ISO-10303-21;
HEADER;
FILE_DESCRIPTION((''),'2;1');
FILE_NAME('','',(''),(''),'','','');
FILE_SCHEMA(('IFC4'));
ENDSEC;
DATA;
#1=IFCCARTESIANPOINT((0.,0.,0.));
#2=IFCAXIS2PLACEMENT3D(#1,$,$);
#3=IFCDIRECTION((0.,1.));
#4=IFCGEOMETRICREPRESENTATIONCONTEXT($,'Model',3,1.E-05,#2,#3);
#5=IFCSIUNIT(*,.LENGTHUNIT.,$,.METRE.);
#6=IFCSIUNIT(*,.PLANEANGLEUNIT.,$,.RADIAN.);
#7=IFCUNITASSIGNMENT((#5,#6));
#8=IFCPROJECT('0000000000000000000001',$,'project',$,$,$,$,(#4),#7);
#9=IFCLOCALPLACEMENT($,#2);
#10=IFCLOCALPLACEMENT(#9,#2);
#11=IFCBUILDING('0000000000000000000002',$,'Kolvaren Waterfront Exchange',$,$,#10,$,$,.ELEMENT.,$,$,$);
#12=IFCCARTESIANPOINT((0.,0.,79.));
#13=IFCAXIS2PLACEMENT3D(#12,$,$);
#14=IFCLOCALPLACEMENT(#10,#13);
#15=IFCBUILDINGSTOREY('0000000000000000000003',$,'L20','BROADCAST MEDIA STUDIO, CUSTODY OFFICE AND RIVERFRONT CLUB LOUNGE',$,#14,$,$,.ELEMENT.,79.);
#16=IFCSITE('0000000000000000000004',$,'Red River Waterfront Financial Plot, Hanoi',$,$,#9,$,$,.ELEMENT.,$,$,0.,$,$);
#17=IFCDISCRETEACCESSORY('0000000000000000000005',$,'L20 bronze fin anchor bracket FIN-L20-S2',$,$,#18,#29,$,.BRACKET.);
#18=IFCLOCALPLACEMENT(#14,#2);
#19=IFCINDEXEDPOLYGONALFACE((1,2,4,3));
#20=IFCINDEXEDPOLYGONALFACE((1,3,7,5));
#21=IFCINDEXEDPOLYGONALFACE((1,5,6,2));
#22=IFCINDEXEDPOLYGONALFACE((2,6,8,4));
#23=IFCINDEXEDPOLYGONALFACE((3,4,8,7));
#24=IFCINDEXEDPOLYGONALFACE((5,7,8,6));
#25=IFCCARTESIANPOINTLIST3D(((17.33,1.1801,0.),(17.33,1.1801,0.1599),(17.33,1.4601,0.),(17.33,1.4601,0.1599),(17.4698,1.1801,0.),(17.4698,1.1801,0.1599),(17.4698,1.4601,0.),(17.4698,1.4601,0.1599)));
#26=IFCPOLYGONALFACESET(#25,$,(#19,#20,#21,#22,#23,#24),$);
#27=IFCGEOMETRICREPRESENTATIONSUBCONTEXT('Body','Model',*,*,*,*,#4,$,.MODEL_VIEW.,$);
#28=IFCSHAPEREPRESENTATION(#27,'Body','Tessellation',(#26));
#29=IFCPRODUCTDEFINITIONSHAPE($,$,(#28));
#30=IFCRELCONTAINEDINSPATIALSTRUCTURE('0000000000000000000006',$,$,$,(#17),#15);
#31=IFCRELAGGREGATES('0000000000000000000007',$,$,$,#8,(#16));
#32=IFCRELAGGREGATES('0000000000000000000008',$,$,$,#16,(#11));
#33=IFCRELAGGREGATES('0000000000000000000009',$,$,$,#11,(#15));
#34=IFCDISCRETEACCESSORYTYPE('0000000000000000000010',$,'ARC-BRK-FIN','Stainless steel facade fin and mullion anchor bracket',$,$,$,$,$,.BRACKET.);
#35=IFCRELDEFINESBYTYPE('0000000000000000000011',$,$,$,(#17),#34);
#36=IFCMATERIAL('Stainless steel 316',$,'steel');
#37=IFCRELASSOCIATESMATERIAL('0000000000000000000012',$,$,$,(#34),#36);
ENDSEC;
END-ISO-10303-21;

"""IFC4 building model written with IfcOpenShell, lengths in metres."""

from ifc_helpers import new_model, si_unit, direction, frame, origin, origin_with_axes, origin_2d, place, context, subcontext, project, spatial, rectangle, extrude, source, transform, mapped, material, type_object, element, save


model = new_model("IFC4")

# Units and contexts
model_context = context("Model", 3, precision=1e-05, world=origin(), true_north=direction((0.0, 1.0)))
body_context = subcontext(model_context, "Body", "Model", "MODEL_VIEW")
ifc_project = project(units=[si_unit("LENGTHUNIT", "METRE"), si_unit("PLANEANGLEUNIT", "RADIAN")], contexts=[model_context])

# Site, building, storey
site_placement = place(None, origin())
site = spatial("IfcSite", under=ifc_project, at=site_placement, Name="Red River Waterfront Financial Plot, Hanoi", CompositionType="ELEMENT", RefElevation=0.0)
building_placement = place(site_placement, origin())
building = spatial("IfcBuilding", under=site, at=building_placement, Name="Kolvaren Waterfront Exchange", CompositionType="ELEMENT")
storey_placement = place(building_placement, frame((0.0, 0.0, 79.0)))
storey = spatial("IfcBuildingStorey", under=building, at=storey_placement, Name="L20", Description="BROADCAST MEDIA STUDIO, CUSTODY OFFICE AND RIVERFRONT CLUB LOUNGE", CompositionType="ELEMENT", Elevation=79.0)

# Shared definitions
ifc_material_1 = material(Name="Stainless steel 316", Category="steel")

# Discrete accessory
discrete_accessory_type = type_object("IfcDiscreteAccessoryType", Name="ARC-BRK-FIN", Description="Stainless steel facade fin and mullion anchor bracket", PredefinedType="BRACKET", material=ifc_material_1)
shared_shape_1 = source(origin_with_axes(), body_context, "Body", "SweptSolid", [
    extrude(rectangle(XDim=0.28, YDim=0.1399, at=origin_2d()), origin(), (0.0, 0.0, 1.0), 0.1599),
])
for number, where, z_axis, x_axis, name in (
    (1, (17.3999, 1.3201, 0.0), (0.0, 0.0, 1.0), (0.0, -1.0, 0.0), "L20 bronze fin anchor bracket FIN-L20-S2"),
):
    element("IfcDiscreteAccessory", number, at=place(storey_placement, frame(where, z_axis=z_axis, x_axis=x_axis)), inside=storey, type_object=discrete_accessory_type, Name=name, PredefinedType="BRACKET", context=body_context, shape_type="MappedRepresentation", body=[
        mapped(shared_shape_1, transform((0.0, 0.0, 0.0), x_axis=(1.0, 0.0, 0.0), y_axis=(0.0, 1.0, 0.0), z_axis=(0.0, 0.0, 1.0), scale=1.0)),
    ])

save(model, "model.ifc")
